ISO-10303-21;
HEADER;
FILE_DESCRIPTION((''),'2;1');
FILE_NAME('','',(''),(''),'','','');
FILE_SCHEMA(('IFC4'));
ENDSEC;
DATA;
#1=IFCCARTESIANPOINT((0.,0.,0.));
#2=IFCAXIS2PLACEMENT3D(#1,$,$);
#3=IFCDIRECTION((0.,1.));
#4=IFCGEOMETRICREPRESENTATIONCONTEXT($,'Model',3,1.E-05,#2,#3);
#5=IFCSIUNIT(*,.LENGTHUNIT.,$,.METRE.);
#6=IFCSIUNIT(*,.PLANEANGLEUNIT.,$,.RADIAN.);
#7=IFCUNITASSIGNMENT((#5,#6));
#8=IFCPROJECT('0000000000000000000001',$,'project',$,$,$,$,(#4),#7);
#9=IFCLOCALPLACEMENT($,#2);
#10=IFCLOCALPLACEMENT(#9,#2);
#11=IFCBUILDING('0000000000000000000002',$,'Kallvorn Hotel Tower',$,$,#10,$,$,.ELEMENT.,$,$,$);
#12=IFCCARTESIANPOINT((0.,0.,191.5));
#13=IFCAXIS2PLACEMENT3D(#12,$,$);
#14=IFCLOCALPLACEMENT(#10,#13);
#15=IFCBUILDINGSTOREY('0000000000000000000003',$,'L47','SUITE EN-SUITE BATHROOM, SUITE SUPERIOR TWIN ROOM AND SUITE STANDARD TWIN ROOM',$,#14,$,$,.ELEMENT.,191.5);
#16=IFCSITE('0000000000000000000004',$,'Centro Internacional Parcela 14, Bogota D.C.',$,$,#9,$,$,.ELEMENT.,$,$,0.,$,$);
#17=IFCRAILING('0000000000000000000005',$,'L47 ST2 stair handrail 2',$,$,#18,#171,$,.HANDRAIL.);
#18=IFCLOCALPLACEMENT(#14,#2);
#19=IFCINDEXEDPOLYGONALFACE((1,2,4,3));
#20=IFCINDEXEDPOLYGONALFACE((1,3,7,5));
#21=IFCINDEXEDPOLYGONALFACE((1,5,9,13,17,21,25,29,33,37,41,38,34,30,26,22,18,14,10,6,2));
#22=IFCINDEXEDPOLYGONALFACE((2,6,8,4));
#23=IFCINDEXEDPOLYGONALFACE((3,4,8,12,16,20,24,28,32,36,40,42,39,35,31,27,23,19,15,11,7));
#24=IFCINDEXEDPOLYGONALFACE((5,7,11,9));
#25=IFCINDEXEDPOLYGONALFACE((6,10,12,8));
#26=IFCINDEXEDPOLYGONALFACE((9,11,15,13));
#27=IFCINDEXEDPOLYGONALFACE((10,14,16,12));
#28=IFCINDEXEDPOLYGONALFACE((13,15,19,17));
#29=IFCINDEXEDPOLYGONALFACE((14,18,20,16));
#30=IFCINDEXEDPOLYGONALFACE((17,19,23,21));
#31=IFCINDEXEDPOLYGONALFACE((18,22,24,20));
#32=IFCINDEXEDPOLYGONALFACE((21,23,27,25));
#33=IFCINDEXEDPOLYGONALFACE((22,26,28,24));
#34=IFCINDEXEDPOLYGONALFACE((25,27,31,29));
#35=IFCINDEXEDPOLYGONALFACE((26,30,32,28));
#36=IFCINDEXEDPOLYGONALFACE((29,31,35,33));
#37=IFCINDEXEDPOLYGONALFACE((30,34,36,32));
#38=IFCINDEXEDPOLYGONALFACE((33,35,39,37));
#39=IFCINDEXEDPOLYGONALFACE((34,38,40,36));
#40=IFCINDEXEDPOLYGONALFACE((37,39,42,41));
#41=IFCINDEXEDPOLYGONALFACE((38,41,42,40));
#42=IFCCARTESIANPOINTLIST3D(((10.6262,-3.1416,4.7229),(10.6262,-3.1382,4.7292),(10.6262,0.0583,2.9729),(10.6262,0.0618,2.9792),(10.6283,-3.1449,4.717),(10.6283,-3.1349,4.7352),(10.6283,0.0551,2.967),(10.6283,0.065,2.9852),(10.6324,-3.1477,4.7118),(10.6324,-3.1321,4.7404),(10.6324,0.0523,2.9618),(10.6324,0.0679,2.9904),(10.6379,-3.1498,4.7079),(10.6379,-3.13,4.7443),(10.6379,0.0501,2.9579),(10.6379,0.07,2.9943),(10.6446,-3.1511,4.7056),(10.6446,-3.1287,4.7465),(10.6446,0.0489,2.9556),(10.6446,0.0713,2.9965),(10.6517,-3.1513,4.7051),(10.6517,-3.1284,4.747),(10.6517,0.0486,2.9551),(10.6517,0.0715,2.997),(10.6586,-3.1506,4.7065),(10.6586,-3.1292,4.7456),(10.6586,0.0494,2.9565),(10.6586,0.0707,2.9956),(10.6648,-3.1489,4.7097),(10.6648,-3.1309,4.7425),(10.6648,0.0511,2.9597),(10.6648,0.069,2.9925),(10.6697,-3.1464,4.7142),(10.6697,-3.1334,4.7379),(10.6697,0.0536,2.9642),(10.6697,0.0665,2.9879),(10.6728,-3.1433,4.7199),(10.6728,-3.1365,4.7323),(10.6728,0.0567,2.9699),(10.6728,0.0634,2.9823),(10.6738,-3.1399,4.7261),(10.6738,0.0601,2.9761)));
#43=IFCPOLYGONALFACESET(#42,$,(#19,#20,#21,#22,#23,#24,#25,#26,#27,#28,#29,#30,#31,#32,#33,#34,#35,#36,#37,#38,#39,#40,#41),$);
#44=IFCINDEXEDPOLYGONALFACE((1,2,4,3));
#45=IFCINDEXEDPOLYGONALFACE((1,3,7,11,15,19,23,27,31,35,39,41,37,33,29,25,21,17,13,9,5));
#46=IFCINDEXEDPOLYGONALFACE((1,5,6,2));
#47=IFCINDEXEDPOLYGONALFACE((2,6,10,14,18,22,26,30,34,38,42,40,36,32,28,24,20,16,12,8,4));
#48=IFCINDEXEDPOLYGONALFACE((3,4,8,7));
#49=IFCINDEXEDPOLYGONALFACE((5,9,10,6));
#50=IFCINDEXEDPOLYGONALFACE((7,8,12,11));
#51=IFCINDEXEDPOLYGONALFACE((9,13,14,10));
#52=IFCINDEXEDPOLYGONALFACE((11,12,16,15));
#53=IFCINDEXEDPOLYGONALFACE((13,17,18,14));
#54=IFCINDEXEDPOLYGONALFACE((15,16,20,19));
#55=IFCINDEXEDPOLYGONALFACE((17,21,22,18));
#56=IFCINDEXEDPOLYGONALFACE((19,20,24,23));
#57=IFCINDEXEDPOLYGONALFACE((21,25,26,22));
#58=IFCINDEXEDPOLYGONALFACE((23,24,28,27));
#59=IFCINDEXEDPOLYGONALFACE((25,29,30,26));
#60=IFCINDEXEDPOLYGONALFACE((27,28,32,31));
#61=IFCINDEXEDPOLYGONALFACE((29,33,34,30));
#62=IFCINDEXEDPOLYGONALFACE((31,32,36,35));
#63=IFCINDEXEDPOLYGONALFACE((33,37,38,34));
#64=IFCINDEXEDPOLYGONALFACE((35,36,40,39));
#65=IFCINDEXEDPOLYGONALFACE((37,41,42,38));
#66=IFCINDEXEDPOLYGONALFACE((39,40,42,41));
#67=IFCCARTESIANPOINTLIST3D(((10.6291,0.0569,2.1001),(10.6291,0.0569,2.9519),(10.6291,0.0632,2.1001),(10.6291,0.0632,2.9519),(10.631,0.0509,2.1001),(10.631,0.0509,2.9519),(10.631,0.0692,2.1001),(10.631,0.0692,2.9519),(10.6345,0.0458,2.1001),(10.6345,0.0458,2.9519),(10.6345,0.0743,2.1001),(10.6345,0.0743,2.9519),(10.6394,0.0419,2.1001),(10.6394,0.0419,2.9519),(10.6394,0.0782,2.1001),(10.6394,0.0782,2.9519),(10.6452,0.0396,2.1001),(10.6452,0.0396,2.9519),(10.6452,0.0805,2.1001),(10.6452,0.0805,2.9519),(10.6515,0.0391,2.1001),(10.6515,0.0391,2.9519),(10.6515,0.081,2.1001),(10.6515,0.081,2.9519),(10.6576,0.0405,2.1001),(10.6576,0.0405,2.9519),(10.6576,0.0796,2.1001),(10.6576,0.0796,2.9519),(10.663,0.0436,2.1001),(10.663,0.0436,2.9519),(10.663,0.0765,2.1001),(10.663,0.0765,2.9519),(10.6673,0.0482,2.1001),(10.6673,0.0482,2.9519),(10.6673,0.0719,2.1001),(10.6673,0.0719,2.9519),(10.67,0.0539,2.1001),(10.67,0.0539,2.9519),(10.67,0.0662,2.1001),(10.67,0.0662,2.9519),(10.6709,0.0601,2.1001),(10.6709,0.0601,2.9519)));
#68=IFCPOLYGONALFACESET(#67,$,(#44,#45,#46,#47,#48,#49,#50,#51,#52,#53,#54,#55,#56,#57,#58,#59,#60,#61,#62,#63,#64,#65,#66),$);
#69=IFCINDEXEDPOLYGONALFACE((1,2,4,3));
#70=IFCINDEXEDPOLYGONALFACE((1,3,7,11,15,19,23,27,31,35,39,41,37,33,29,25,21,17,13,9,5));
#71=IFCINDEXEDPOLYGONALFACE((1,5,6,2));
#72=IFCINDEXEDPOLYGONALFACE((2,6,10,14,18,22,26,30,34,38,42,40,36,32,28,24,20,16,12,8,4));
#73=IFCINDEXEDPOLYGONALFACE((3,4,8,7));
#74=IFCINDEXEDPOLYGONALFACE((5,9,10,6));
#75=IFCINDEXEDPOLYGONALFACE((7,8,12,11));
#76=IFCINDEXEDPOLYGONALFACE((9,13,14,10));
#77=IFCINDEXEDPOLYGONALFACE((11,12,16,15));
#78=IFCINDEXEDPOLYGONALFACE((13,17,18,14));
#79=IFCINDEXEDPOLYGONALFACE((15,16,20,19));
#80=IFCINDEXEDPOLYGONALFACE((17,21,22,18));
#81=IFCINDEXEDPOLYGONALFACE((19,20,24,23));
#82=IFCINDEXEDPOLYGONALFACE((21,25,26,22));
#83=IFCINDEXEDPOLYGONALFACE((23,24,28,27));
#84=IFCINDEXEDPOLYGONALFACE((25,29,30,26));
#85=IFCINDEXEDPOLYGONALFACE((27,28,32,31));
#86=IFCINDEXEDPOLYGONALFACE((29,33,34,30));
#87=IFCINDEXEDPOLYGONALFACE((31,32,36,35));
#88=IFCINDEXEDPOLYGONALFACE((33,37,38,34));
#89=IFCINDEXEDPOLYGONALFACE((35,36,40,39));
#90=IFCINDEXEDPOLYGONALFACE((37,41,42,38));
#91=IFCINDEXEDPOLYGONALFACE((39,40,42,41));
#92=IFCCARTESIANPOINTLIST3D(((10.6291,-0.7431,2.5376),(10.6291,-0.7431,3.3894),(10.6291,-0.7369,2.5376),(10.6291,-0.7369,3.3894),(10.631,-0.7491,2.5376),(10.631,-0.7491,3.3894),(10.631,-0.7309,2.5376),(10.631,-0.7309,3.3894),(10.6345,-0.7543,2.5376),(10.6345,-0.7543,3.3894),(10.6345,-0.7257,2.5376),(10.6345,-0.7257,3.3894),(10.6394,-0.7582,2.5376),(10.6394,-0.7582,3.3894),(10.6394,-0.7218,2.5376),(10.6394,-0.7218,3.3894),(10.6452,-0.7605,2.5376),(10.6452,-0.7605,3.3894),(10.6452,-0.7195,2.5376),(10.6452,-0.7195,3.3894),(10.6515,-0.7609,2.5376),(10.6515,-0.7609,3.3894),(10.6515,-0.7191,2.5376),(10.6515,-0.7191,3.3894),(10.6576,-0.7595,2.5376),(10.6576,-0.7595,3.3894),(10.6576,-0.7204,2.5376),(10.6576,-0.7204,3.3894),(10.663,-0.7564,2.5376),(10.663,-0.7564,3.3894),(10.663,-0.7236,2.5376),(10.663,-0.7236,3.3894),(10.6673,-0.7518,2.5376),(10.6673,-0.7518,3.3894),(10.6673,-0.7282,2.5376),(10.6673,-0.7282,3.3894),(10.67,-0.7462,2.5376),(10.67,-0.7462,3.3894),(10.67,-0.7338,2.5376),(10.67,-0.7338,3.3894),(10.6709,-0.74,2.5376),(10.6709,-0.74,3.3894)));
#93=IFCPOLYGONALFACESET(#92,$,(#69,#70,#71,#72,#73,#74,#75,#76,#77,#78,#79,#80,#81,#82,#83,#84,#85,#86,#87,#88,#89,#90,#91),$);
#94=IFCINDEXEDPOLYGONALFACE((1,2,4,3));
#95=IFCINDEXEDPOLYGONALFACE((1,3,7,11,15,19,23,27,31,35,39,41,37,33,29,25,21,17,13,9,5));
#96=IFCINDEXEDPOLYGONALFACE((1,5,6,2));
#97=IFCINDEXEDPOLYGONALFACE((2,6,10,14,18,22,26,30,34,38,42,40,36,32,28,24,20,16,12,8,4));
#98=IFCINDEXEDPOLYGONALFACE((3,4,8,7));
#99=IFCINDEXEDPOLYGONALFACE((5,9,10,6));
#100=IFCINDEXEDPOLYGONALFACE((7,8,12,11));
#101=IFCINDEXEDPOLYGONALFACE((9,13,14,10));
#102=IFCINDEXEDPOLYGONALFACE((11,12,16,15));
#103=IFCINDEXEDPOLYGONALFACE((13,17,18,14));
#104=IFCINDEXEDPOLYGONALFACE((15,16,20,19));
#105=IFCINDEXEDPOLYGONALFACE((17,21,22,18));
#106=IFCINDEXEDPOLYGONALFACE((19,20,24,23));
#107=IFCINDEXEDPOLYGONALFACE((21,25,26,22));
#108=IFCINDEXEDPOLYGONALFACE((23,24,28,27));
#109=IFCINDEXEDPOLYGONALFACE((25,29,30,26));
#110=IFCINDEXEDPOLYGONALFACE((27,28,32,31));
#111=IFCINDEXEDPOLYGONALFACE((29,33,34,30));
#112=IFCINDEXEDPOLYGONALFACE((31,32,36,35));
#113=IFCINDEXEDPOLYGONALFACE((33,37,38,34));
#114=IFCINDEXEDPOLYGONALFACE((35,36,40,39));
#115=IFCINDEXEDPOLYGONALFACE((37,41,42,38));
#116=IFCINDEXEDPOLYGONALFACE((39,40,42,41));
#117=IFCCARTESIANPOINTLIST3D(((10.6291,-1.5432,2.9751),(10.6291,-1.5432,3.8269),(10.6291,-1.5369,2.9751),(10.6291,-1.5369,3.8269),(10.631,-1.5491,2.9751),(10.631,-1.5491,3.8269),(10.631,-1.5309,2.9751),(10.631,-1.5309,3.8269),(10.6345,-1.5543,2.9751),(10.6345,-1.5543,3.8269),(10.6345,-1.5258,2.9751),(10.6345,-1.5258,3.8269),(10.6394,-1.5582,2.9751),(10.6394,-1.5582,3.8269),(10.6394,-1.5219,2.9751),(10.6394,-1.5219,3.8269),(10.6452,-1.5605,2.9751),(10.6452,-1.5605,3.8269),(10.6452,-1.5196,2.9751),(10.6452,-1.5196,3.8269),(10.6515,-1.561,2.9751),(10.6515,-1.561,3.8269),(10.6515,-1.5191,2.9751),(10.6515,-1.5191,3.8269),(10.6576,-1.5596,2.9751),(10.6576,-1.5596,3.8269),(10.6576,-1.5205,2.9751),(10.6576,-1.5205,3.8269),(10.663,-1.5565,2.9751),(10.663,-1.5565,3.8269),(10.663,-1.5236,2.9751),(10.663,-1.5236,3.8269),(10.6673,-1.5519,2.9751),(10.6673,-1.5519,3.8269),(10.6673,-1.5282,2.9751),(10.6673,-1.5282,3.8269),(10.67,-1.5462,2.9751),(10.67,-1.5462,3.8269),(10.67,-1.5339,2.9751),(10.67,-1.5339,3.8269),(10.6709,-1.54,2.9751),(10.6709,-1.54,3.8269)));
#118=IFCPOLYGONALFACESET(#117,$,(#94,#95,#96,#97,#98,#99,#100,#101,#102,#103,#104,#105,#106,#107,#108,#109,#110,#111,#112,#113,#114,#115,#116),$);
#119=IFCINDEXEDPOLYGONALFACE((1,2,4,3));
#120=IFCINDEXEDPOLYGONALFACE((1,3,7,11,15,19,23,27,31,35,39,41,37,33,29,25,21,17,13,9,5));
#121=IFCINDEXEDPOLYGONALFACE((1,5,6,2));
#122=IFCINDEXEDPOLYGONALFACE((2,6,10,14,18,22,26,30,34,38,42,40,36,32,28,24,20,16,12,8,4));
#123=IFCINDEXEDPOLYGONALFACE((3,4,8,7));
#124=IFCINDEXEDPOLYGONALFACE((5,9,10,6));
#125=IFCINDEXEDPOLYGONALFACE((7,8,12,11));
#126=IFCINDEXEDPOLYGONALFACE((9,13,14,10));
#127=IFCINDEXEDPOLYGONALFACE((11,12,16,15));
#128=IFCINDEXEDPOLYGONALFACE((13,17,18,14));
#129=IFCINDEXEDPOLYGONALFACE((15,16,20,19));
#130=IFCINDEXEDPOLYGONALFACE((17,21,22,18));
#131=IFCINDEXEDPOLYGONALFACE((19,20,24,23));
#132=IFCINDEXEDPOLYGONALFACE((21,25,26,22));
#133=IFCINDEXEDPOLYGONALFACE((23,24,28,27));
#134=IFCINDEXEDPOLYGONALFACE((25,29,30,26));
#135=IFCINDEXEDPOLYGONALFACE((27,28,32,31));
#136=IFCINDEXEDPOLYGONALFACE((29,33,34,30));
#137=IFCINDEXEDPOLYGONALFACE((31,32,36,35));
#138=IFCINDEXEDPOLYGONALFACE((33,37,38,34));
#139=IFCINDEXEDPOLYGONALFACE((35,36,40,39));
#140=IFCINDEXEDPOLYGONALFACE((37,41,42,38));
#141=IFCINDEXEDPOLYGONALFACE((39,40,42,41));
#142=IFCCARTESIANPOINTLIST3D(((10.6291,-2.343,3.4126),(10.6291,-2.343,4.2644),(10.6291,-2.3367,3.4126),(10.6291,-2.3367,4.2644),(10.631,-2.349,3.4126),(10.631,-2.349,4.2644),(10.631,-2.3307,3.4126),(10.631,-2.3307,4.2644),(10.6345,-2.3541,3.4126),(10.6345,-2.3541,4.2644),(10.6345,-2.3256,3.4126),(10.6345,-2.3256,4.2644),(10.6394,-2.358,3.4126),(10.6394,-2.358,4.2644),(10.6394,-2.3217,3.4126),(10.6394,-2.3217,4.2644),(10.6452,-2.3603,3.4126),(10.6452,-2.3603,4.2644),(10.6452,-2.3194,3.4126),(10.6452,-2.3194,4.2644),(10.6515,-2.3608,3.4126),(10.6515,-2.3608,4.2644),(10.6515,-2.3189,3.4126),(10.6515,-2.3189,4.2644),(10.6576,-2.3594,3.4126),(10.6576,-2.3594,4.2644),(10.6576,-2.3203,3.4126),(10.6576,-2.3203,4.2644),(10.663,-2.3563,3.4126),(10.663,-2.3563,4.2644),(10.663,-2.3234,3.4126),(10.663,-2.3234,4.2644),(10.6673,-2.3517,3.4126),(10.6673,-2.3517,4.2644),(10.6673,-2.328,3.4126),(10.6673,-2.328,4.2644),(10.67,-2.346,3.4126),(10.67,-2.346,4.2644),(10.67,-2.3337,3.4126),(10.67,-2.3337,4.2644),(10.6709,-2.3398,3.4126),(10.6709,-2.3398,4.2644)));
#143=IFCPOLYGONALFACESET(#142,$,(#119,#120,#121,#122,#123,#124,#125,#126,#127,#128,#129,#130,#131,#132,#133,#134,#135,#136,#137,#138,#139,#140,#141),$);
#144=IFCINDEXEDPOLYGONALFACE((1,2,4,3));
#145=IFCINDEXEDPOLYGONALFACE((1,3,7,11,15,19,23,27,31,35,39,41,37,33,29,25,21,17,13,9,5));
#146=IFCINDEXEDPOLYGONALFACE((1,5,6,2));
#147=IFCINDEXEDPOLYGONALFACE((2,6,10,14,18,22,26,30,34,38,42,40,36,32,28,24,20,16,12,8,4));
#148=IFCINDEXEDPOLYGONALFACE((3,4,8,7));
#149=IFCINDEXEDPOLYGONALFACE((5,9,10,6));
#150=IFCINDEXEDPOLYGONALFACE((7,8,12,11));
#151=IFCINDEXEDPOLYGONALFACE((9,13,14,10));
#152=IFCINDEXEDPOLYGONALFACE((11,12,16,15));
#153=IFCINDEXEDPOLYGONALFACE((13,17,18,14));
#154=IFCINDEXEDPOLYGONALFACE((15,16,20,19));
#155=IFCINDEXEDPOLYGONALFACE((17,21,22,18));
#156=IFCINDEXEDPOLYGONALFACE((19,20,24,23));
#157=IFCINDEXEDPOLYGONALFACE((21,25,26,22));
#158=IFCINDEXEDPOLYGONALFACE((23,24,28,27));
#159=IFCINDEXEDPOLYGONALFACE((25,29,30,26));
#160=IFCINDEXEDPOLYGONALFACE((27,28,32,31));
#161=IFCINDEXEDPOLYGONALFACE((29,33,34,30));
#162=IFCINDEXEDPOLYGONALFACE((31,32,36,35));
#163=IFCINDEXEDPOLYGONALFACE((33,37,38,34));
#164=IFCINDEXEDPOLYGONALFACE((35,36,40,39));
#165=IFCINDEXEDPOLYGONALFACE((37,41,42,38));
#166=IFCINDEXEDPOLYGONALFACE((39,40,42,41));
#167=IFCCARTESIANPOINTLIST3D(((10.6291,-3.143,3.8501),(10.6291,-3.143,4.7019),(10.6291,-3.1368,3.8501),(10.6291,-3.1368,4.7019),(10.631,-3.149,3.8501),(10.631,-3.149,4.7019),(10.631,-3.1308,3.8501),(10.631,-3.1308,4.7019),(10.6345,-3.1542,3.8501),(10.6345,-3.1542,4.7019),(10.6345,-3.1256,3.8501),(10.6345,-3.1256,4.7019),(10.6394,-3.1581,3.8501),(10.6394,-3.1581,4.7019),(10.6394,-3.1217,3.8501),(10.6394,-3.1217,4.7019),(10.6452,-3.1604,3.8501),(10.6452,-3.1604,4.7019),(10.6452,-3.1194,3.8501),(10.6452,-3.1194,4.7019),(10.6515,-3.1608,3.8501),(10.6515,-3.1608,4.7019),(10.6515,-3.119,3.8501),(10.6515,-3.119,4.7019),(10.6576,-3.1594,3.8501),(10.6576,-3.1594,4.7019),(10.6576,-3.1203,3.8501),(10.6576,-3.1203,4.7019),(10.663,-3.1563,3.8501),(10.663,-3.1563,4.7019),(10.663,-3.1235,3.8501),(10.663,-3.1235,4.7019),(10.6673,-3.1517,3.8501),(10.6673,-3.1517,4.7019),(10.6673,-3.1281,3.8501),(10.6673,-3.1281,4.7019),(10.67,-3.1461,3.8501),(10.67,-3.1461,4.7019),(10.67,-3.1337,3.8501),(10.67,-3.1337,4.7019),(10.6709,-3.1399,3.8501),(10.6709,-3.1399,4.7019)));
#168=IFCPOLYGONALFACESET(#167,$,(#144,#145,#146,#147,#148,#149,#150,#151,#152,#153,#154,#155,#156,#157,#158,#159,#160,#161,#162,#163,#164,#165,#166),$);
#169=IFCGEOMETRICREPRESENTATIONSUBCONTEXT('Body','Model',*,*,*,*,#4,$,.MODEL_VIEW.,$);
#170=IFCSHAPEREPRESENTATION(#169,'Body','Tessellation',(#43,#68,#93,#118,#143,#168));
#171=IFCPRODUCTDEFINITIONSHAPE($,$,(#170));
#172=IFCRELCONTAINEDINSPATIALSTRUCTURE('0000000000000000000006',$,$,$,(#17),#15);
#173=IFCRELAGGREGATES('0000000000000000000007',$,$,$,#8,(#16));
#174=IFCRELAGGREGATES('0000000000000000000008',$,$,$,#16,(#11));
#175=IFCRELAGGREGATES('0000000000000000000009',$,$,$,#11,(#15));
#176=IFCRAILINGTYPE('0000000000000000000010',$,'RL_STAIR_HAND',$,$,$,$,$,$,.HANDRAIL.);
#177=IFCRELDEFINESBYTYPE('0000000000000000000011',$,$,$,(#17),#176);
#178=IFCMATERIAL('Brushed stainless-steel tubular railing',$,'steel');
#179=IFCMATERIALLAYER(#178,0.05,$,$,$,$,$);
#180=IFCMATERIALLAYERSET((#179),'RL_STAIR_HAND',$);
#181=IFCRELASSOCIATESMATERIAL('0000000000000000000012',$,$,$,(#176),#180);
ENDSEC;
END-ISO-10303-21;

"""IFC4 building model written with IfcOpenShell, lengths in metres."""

from ifc_helpers import new_model, si_unit, direction, frame, origin, origin_2d, place, context, subcontext, project, spatial, circle, extrude, material, layer, layer_set, type_object, element, save


model = new_model("IFC4")

# Units and contexts
model_context = context("Model", 3, precision=1e-05, world=origin(), true_north=direction((0.0, 1.0)))
body_context = subcontext(model_context, "Body", "Model", "MODEL_VIEW")
ifc_project = project(units=[si_unit("LENGTHUNIT", "METRE"), si_unit("PLANEANGLEUNIT", "RADIAN")], contexts=[model_context])

# Site, building, storey
site_placement = place(None, origin())
site = spatial("IfcSite", under=ifc_project, at=site_placement, Name="Centro Internacional Parcela 14, Bogota D.C.", CompositionType="ELEMENT", RefElevation=0.0)
building_placement = place(site_placement, origin())
building = spatial("IfcBuilding", under=site, at=building_placement, Name="Kallvorn Hotel Tower", CompositionType="ELEMENT")
storey_placement = place(building_placement, frame((0.0, 0.0, 191.5)))
storey = spatial("IfcBuildingStorey", under=building, at=storey_placement, Name="L47", Description="SUITE EN-SUITE BATHROOM, SUITE SUPERIOR TWIN ROOM AND SUITE STANDARD TWIN ROOM", CompositionType="ELEMENT", Elevation=191.5)

# Railing
ifc_material_1 = material(Name="Brushed stainless-steel tubular railing", Category="steel")
ifc_layer_1 = layer(ifc_material_1, 0.05)
ifc_layer_set_1 = layer_set([ifc_layer_1], Name="RL_STAIR_HAND")
railing_type_1 = type_object("IfcRailingType", Name="RL_STAIR_HAND", PredefinedType="HANDRAIL", material=ifc_layer_set_1)
railing_1_placement = place(storey_placement, frame((10.6499, 0.0601, 2.1001)))
element("IfcRailing", 1, at=railing_1_placement, inside=storey, type_object=railing_type_1, Name="L47 ST2 stair handrail 2", PredefinedType="HANDRAIL", context=body_context, shape_type="SweptSolid", body=[
    extrude(circle(Radius=0.0239, at=origin_2d()), frame((0.0, 0.0, 0.876), z_axis=(0.0, -0.877368, 0.479818), x_axis=(1.0, 0.0, 0.0)), (0.0, 0.0, 1.0), 3.6472),
    extrude(circle(Radius=0.021, at=origin_2d()), origin(), (0.0, 0.0, 1.0), 0.8518),
    extrude(circle(Radius=0.021, at=origin_2d()), frame((0.0, -0.8, 0.4375)), (0.0, 0.0, 1.0), 0.8518),
    extrude(circle(Radius=0.021, at=origin_2d()), frame((0.0, -1.6001, 0.875)), (0.0, 0.0, 1.0), 0.8518),
    extrude(circle(Radius=0.021, at=origin_2d()), frame((0.0, -2.3999, 1.3125)), (0.0, 0.0, 1.0), 0.8518),
    extrude(circle(Radius=0.021, at=origin_2d()), frame((0.0, -3.2, 1.75)), (0.0, 0.0, 1.0), 0.8518),
])

save(model, "model.ifc")
